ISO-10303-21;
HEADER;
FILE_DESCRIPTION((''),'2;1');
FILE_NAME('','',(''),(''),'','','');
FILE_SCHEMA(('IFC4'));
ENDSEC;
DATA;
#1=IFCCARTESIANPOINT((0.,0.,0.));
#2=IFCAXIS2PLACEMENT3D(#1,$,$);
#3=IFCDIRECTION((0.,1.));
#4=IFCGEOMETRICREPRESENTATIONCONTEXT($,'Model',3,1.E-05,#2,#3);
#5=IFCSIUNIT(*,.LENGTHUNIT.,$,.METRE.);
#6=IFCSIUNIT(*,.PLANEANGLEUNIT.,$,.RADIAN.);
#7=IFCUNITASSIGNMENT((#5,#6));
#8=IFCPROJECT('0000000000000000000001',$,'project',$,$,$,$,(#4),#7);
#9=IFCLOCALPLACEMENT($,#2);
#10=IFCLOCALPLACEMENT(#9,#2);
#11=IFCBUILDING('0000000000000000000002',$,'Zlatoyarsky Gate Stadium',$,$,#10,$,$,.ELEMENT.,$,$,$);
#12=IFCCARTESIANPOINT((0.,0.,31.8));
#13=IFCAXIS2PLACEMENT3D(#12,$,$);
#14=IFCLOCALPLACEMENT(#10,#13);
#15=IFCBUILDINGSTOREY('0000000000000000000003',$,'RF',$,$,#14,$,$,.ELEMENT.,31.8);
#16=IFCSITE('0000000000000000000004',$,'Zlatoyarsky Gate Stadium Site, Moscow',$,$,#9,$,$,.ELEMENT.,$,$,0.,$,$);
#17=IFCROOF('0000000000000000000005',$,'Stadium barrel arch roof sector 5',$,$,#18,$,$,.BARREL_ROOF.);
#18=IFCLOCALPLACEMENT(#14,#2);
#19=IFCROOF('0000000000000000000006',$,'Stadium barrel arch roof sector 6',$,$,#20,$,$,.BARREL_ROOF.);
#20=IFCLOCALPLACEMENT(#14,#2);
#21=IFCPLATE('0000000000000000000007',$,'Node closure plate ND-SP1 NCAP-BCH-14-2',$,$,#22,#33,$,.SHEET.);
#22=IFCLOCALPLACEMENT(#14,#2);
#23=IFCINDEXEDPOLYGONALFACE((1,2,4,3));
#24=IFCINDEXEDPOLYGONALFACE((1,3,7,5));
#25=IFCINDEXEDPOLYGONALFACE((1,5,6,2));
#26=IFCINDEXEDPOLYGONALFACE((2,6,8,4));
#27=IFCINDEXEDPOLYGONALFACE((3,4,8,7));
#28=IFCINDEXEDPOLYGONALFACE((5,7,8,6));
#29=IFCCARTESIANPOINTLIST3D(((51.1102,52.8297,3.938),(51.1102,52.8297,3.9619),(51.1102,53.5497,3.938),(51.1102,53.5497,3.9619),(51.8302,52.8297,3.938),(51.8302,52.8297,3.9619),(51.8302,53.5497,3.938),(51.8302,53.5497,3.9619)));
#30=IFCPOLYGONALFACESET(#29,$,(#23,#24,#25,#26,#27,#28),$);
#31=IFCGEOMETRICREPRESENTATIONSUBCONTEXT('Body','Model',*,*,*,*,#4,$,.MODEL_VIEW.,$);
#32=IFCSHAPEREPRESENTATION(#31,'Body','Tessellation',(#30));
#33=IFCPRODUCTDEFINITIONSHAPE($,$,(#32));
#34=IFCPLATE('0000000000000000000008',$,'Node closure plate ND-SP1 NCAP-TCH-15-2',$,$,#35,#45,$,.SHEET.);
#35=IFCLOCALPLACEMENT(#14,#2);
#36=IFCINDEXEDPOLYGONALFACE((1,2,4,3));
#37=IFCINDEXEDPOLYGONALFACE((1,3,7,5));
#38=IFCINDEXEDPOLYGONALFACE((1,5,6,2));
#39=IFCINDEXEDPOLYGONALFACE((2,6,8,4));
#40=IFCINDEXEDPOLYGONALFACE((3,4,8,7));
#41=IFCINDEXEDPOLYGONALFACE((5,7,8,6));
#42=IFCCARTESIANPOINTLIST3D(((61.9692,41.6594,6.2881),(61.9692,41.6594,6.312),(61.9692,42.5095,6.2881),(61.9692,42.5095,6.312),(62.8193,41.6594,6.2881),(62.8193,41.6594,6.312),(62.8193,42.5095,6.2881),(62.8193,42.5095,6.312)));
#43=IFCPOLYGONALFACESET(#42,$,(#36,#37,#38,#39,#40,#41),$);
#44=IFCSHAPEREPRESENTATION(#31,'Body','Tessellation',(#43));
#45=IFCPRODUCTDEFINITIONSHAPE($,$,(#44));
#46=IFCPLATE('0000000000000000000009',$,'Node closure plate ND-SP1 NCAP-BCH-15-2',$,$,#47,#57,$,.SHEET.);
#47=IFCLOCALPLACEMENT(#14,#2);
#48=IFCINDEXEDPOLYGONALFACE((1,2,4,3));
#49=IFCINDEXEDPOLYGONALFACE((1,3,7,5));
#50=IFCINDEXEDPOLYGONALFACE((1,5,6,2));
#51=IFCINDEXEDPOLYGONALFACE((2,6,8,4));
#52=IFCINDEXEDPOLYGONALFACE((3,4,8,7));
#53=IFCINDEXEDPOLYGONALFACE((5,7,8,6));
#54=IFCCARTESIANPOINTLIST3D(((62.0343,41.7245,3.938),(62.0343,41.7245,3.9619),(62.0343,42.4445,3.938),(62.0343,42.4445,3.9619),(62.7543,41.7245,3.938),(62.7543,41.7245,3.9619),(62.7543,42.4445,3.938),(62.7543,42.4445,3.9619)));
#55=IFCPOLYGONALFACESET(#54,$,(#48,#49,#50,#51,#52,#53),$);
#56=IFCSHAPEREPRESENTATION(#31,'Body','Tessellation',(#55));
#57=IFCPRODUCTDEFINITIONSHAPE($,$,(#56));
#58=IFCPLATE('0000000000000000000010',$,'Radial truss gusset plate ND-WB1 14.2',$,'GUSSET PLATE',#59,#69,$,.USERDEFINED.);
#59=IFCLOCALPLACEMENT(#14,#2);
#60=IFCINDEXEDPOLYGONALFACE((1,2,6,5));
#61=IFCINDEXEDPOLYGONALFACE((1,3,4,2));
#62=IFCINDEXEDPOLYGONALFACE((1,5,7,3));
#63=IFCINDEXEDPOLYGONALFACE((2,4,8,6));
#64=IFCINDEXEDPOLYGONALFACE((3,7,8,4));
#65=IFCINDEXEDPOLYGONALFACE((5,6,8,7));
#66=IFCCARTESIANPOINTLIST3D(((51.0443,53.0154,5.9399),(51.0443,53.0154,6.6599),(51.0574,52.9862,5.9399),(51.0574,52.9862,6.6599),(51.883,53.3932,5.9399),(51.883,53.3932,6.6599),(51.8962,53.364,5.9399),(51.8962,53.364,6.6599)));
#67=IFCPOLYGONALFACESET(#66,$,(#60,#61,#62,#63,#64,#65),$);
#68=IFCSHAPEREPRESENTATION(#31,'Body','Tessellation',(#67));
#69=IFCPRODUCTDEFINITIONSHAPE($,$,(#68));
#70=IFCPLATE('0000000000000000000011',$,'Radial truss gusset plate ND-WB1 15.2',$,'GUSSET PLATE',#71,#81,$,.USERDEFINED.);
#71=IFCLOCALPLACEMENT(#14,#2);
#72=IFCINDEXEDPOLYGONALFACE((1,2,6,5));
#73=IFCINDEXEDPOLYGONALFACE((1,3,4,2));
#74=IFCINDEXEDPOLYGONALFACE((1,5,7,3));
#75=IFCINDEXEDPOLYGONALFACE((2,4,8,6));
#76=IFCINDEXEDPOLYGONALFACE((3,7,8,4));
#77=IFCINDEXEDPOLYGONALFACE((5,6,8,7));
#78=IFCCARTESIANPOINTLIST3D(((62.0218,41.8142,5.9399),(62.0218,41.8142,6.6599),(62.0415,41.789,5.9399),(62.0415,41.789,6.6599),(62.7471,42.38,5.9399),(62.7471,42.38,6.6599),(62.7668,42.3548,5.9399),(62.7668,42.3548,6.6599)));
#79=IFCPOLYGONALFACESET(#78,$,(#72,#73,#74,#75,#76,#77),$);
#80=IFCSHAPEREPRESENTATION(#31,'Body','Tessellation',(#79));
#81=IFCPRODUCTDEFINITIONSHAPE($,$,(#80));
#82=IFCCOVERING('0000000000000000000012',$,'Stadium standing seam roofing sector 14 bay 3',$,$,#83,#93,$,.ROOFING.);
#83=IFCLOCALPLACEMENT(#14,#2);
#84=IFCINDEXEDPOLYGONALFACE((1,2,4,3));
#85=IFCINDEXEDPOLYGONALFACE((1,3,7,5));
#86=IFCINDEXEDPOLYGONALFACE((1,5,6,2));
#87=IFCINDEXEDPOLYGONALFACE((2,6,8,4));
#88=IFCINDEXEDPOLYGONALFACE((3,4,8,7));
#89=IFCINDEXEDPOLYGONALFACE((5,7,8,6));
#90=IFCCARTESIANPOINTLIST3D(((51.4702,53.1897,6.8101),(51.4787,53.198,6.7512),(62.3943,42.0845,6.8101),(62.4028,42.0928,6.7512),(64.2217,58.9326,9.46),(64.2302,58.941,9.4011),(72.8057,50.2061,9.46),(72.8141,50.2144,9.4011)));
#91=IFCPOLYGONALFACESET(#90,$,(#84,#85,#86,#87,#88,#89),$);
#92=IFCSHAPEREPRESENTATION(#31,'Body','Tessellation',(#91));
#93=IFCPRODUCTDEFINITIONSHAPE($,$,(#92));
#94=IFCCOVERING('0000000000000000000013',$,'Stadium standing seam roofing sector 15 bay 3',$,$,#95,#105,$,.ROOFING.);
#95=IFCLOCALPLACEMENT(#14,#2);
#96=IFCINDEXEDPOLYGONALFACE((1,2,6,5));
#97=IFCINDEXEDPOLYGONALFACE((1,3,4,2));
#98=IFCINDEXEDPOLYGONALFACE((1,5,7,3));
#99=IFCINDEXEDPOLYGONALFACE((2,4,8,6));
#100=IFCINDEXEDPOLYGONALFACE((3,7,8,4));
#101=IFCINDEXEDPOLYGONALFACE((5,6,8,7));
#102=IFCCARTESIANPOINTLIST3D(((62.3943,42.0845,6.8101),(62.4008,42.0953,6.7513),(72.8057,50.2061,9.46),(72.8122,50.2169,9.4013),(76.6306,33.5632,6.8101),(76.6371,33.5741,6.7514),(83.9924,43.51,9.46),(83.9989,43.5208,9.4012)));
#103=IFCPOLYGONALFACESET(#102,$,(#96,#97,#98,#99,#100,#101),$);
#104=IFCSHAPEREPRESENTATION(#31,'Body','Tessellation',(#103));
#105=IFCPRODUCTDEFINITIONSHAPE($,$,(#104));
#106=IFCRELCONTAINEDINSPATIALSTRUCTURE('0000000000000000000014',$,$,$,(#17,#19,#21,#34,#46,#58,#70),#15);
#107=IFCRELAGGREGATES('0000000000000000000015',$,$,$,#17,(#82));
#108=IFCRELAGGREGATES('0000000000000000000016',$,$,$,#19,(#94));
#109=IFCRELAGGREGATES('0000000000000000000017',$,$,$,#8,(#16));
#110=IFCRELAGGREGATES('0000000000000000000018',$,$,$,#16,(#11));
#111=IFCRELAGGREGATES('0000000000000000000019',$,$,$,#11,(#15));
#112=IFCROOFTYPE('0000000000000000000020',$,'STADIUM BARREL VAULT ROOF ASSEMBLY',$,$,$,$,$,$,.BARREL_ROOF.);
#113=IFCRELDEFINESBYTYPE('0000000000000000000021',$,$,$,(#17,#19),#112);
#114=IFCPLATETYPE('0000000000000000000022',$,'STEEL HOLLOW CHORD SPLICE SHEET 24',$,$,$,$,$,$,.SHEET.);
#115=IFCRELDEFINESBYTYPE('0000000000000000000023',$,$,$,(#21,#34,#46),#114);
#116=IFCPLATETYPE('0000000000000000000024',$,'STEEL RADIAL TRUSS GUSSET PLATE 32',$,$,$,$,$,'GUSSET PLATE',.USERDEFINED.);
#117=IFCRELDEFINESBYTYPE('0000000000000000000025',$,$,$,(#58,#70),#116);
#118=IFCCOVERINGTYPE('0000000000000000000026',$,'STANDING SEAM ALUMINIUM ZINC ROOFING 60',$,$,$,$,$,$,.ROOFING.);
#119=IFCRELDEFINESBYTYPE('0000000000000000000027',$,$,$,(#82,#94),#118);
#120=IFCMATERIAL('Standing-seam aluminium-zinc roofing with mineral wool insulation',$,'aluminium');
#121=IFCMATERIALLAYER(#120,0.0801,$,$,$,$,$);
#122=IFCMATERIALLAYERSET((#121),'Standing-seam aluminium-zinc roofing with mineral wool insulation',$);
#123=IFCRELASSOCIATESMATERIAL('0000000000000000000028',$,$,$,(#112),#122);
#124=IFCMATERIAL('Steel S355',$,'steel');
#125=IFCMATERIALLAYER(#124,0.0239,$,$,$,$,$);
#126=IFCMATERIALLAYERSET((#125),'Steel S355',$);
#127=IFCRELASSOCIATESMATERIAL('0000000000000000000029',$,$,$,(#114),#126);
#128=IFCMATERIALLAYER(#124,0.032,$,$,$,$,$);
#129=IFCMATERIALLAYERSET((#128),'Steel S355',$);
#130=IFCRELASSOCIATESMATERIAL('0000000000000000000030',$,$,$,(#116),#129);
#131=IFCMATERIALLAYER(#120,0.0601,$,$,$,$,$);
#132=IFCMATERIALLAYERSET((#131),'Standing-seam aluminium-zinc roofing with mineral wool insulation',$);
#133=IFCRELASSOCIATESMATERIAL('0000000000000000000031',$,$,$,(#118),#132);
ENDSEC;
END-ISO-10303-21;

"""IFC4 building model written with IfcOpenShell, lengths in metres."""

from ifc_helpers import new_model, si_unit, direction, frame, origin, origin_2d, place, context, subcontext, project, spatial, polyline, rectangle, outline, extrude, material, layer, layer_set, type_object, element, aggregate, save


model = new_model("IFC4")

# Units and contexts
model_context = context("Model", 3, precision=1e-05, world=origin(), true_north=direction((0.0, 1.0)))
body_context = subcontext(model_context, "Body", "Model", "MODEL_VIEW")
ifc_project = project(units=[si_unit("LENGTHUNIT", "METRE"), si_unit("PLANEANGLEUNIT", "RADIAN")], contexts=[model_context])

# Site, building, storey
site_placement = place(None, origin())
site = spatial("IfcSite", under=ifc_project, at=site_placement, Name="Zlatoyarsky Gate Stadium Site, Moscow", CompositionType="ELEMENT", RefElevation=0.0)
building_placement = place(site_placement, origin())
building = spatial("IfcBuilding", under=site, at=building_placement, Name="Zlatoyarsky Gate Stadium", CompositionType="ELEMENT")
storey_placement = place(building_placement, frame((0.0, 0.0, 31.8)))
storey = spatial("IfcBuildingStorey", under=building, at=storey_placement, Name="RF", CompositionType="ELEMENT", Elevation=31.8)

# Shared definitions
ifc_material_1 = material(Name="Steel S355", Category="steel")

# Roofs
ifc_material_2 = material(Name="Standing-seam aluminium-zinc roofing with mineral wool insulation", Category="aluminium")
ifc_layer_1 = layer(ifc_material_2, 0.0801)
ifc_layer_set_1 = layer_set([ifc_layer_1], Name="Standing-seam aluminium-zinc roofing with mineral wool insulation")
roof_type = type_object("IfcRoofType", Name="STADIUM BARREL VAULT ROOF ASSEMBLY", PredefinedType="BARREL_ROOF", material=ifc_layer_set_1)
roof_1_placement = place(storey_placement, origin())
roof_1 = element("IfcRoof", 1, at=roof_1_placement, inside=storey, type_object=roof_type, Name="Stadium barrel arch roof sector 5", PredefinedType="BARREL_ROOF")
roof_2_placement = place(storey_placement, origin())
roof_2 = element("IfcRoof", 2, at=roof_2_placement, inside=storey, type_object=roof_type, Name="Stadium barrel arch roof sector 6", PredefinedType="BARREL_ROOF")

# Plates
ifc_layer_2 = layer(ifc_material_1, 0.0239)
ifc_layer_set_2 = layer_set([ifc_layer_2], Name="Steel S355")
plate_type_1 = type_object("IfcPlateType", Name="STEEL HOLLOW CHORD SPLICE SHEET 24", PredefinedType="SHEET", material=ifc_layer_set_2)
plate_1_placement = place(storey_placement, frame((51.4702, 53.1897, 3.938), z_axis=(0.0, 0.0, 1.0), x_axis=(1.0, 0.0, 0.0)))
element("IfcPlate", 3, at=plate_1_placement, inside=storey, type_object=plate_type_1, Name="Node closure plate ND-SP1 NCAP-BCH-14-2", PredefinedType="SHEET", context=body_context, shape_type="SweptSolid", body=[
    extrude(rectangle(XDim=0.72, YDim=0.72, at=origin_2d()), origin(), (0.0, 0.0, 1.0), 0.0239),
])
plate_2_placement = place(storey_placement, frame((62.3943, 42.0845, 6.2881), z_axis=(0.0, 0.0, 1.0), x_axis=(1.0, 0.0, 0.0)))
element("IfcPlate", 4, at=plate_2_placement, inside=storey, type_object=plate_type_1, Name="Node closure plate ND-SP1 NCAP-TCH-15-2", PredefinedType="SHEET", context=body_context, shape_type="SweptSolid", body=[
    extrude(rectangle(XDim=0.8501, YDim=0.8501, at=origin_2d()), origin(), (0.0, 0.0, 1.0), 0.0239),
])
plate_3_placement = place(storey_placement, frame((62.3943, 42.0845, 3.938), z_axis=(0.0, 0.0, 1.0), x_axis=(1.0, 0.0, 0.0)))
element("IfcPlate", 5, at=plate_3_placement, inside=storey, type_object=plate_type_1, Name="Node closure plate ND-SP1 NCAP-BCH-15-2", PredefinedType="SHEET", context=body_context, shape_type="SweptSolid", body=[
    extrude(rectangle(XDim=0.72, YDim=0.72, at=origin_2d()), origin(), (0.0, 0.0, 1.0), 0.0239),
])
ifc_layer_3 = layer(ifc_material_1, 0.032)
ifc_layer_set_3 = layer_set([ifc_layer_3], Name="Steel S355")
plate_type_2 = type_object("IfcPlateType", Name="STEEL RADIAL TRUSS GUSSET PLATE 32", ElementType="GUSSET PLATE", PredefinedType="USERDEFINED", material=ifc_layer_set_3)
for number, where, z_axis, x_axis, name in (
    (6, (51.4702, 53.1897, 5.9399), (0.0, 0.0, 1.0), (0.911796, 0.410644, 0.0), "Radial truss gusset plate ND-WB1 14.2"),
    (7, (62.3943, 42.0845, 5.9399), (0.0, 0.0, 1.0), (0.788479, 0.615062, 0.0), "Radial truss gusset plate ND-WB1 15.2"),
):
    element("IfcPlate", number, at=place(storey_placement, frame(where, z_axis=z_axis, x_axis=x_axis)), inside=storey, type_object=plate_type_2, Name=name, ObjectType="GUSSET PLATE", PredefinedType="USERDEFINED", context=body_context, shape_type="SweptSolid", body=[
        extrude(rectangle(XDim=0.9199, YDim=0.032, at=origin_2d()), origin(), (0.0, 0.0, 1.0), 0.72),
    ])

# Coverings
ifc_layer_4 = layer(ifc_material_2, 0.0601)
ifc_layer_set_4 = layer_set([ifc_layer_4], Name="Standing-seam aluminium-zinc roofing with mineral wool insulation")
covering_type = type_object("IfcCoveringType", Name="STANDING SEAM ALUMINIUM ZINC ROOFING 60", PredefinedType="ROOFING", material=ifc_layer_set_4)
covering_1_placement = place(storey_placement, frame((51.4702, 53.1897, 6.8101), z_axis=(-0.141161, -0.138857, 0.9802), x_axis=(0.701268, -0.712898, 0.000001)))
covering_1 = element("IfcCovering", 8, at=covering_1_placement, type_object=covering_type, Name="Stadium standing seam roofing sector 14 bay 3", PredefinedType="ROOFING", context=body_context, shape_type="SweptSolid", body=[
    extrude(outline(polyline([(0.0, 0.0), (15.5776, 0.0), (17.0889, 13.3826), (4.8481, 13.3828), (0.0, 0.0)])), origin(), (0.0, 0.0, -1.0), 0.0601),
])
aggregate(roof_1, [covering_1])
covering_2_placement = place(storey_placement, frame((62.3943, 42.0845, 6.8101), z_axis=(-0.108033, -0.180488, 0.977626), x_axis=(0.858039, -0.513585, 0.000001)))
covering_2 = element("IfcCovering", 9, at=covering_2_placement, type_object=covering_type, Name="Stadium standing seam roofing sector 15 bay 3", PredefinedType="ROOFING", context=body_context, shape_type="SweptSolid", body=[
    extrude(outline(polyline([(0.0, 0.0), (16.5917, 0.0), (17.7999, 12.5975), (4.7622, 12.5976), (0.0, 0.0)])), origin(), (0.0, 0.0, -1.0), 0.0601),
])
aggregate(roof_2, [covering_2])

save(model, "model.ifc")
